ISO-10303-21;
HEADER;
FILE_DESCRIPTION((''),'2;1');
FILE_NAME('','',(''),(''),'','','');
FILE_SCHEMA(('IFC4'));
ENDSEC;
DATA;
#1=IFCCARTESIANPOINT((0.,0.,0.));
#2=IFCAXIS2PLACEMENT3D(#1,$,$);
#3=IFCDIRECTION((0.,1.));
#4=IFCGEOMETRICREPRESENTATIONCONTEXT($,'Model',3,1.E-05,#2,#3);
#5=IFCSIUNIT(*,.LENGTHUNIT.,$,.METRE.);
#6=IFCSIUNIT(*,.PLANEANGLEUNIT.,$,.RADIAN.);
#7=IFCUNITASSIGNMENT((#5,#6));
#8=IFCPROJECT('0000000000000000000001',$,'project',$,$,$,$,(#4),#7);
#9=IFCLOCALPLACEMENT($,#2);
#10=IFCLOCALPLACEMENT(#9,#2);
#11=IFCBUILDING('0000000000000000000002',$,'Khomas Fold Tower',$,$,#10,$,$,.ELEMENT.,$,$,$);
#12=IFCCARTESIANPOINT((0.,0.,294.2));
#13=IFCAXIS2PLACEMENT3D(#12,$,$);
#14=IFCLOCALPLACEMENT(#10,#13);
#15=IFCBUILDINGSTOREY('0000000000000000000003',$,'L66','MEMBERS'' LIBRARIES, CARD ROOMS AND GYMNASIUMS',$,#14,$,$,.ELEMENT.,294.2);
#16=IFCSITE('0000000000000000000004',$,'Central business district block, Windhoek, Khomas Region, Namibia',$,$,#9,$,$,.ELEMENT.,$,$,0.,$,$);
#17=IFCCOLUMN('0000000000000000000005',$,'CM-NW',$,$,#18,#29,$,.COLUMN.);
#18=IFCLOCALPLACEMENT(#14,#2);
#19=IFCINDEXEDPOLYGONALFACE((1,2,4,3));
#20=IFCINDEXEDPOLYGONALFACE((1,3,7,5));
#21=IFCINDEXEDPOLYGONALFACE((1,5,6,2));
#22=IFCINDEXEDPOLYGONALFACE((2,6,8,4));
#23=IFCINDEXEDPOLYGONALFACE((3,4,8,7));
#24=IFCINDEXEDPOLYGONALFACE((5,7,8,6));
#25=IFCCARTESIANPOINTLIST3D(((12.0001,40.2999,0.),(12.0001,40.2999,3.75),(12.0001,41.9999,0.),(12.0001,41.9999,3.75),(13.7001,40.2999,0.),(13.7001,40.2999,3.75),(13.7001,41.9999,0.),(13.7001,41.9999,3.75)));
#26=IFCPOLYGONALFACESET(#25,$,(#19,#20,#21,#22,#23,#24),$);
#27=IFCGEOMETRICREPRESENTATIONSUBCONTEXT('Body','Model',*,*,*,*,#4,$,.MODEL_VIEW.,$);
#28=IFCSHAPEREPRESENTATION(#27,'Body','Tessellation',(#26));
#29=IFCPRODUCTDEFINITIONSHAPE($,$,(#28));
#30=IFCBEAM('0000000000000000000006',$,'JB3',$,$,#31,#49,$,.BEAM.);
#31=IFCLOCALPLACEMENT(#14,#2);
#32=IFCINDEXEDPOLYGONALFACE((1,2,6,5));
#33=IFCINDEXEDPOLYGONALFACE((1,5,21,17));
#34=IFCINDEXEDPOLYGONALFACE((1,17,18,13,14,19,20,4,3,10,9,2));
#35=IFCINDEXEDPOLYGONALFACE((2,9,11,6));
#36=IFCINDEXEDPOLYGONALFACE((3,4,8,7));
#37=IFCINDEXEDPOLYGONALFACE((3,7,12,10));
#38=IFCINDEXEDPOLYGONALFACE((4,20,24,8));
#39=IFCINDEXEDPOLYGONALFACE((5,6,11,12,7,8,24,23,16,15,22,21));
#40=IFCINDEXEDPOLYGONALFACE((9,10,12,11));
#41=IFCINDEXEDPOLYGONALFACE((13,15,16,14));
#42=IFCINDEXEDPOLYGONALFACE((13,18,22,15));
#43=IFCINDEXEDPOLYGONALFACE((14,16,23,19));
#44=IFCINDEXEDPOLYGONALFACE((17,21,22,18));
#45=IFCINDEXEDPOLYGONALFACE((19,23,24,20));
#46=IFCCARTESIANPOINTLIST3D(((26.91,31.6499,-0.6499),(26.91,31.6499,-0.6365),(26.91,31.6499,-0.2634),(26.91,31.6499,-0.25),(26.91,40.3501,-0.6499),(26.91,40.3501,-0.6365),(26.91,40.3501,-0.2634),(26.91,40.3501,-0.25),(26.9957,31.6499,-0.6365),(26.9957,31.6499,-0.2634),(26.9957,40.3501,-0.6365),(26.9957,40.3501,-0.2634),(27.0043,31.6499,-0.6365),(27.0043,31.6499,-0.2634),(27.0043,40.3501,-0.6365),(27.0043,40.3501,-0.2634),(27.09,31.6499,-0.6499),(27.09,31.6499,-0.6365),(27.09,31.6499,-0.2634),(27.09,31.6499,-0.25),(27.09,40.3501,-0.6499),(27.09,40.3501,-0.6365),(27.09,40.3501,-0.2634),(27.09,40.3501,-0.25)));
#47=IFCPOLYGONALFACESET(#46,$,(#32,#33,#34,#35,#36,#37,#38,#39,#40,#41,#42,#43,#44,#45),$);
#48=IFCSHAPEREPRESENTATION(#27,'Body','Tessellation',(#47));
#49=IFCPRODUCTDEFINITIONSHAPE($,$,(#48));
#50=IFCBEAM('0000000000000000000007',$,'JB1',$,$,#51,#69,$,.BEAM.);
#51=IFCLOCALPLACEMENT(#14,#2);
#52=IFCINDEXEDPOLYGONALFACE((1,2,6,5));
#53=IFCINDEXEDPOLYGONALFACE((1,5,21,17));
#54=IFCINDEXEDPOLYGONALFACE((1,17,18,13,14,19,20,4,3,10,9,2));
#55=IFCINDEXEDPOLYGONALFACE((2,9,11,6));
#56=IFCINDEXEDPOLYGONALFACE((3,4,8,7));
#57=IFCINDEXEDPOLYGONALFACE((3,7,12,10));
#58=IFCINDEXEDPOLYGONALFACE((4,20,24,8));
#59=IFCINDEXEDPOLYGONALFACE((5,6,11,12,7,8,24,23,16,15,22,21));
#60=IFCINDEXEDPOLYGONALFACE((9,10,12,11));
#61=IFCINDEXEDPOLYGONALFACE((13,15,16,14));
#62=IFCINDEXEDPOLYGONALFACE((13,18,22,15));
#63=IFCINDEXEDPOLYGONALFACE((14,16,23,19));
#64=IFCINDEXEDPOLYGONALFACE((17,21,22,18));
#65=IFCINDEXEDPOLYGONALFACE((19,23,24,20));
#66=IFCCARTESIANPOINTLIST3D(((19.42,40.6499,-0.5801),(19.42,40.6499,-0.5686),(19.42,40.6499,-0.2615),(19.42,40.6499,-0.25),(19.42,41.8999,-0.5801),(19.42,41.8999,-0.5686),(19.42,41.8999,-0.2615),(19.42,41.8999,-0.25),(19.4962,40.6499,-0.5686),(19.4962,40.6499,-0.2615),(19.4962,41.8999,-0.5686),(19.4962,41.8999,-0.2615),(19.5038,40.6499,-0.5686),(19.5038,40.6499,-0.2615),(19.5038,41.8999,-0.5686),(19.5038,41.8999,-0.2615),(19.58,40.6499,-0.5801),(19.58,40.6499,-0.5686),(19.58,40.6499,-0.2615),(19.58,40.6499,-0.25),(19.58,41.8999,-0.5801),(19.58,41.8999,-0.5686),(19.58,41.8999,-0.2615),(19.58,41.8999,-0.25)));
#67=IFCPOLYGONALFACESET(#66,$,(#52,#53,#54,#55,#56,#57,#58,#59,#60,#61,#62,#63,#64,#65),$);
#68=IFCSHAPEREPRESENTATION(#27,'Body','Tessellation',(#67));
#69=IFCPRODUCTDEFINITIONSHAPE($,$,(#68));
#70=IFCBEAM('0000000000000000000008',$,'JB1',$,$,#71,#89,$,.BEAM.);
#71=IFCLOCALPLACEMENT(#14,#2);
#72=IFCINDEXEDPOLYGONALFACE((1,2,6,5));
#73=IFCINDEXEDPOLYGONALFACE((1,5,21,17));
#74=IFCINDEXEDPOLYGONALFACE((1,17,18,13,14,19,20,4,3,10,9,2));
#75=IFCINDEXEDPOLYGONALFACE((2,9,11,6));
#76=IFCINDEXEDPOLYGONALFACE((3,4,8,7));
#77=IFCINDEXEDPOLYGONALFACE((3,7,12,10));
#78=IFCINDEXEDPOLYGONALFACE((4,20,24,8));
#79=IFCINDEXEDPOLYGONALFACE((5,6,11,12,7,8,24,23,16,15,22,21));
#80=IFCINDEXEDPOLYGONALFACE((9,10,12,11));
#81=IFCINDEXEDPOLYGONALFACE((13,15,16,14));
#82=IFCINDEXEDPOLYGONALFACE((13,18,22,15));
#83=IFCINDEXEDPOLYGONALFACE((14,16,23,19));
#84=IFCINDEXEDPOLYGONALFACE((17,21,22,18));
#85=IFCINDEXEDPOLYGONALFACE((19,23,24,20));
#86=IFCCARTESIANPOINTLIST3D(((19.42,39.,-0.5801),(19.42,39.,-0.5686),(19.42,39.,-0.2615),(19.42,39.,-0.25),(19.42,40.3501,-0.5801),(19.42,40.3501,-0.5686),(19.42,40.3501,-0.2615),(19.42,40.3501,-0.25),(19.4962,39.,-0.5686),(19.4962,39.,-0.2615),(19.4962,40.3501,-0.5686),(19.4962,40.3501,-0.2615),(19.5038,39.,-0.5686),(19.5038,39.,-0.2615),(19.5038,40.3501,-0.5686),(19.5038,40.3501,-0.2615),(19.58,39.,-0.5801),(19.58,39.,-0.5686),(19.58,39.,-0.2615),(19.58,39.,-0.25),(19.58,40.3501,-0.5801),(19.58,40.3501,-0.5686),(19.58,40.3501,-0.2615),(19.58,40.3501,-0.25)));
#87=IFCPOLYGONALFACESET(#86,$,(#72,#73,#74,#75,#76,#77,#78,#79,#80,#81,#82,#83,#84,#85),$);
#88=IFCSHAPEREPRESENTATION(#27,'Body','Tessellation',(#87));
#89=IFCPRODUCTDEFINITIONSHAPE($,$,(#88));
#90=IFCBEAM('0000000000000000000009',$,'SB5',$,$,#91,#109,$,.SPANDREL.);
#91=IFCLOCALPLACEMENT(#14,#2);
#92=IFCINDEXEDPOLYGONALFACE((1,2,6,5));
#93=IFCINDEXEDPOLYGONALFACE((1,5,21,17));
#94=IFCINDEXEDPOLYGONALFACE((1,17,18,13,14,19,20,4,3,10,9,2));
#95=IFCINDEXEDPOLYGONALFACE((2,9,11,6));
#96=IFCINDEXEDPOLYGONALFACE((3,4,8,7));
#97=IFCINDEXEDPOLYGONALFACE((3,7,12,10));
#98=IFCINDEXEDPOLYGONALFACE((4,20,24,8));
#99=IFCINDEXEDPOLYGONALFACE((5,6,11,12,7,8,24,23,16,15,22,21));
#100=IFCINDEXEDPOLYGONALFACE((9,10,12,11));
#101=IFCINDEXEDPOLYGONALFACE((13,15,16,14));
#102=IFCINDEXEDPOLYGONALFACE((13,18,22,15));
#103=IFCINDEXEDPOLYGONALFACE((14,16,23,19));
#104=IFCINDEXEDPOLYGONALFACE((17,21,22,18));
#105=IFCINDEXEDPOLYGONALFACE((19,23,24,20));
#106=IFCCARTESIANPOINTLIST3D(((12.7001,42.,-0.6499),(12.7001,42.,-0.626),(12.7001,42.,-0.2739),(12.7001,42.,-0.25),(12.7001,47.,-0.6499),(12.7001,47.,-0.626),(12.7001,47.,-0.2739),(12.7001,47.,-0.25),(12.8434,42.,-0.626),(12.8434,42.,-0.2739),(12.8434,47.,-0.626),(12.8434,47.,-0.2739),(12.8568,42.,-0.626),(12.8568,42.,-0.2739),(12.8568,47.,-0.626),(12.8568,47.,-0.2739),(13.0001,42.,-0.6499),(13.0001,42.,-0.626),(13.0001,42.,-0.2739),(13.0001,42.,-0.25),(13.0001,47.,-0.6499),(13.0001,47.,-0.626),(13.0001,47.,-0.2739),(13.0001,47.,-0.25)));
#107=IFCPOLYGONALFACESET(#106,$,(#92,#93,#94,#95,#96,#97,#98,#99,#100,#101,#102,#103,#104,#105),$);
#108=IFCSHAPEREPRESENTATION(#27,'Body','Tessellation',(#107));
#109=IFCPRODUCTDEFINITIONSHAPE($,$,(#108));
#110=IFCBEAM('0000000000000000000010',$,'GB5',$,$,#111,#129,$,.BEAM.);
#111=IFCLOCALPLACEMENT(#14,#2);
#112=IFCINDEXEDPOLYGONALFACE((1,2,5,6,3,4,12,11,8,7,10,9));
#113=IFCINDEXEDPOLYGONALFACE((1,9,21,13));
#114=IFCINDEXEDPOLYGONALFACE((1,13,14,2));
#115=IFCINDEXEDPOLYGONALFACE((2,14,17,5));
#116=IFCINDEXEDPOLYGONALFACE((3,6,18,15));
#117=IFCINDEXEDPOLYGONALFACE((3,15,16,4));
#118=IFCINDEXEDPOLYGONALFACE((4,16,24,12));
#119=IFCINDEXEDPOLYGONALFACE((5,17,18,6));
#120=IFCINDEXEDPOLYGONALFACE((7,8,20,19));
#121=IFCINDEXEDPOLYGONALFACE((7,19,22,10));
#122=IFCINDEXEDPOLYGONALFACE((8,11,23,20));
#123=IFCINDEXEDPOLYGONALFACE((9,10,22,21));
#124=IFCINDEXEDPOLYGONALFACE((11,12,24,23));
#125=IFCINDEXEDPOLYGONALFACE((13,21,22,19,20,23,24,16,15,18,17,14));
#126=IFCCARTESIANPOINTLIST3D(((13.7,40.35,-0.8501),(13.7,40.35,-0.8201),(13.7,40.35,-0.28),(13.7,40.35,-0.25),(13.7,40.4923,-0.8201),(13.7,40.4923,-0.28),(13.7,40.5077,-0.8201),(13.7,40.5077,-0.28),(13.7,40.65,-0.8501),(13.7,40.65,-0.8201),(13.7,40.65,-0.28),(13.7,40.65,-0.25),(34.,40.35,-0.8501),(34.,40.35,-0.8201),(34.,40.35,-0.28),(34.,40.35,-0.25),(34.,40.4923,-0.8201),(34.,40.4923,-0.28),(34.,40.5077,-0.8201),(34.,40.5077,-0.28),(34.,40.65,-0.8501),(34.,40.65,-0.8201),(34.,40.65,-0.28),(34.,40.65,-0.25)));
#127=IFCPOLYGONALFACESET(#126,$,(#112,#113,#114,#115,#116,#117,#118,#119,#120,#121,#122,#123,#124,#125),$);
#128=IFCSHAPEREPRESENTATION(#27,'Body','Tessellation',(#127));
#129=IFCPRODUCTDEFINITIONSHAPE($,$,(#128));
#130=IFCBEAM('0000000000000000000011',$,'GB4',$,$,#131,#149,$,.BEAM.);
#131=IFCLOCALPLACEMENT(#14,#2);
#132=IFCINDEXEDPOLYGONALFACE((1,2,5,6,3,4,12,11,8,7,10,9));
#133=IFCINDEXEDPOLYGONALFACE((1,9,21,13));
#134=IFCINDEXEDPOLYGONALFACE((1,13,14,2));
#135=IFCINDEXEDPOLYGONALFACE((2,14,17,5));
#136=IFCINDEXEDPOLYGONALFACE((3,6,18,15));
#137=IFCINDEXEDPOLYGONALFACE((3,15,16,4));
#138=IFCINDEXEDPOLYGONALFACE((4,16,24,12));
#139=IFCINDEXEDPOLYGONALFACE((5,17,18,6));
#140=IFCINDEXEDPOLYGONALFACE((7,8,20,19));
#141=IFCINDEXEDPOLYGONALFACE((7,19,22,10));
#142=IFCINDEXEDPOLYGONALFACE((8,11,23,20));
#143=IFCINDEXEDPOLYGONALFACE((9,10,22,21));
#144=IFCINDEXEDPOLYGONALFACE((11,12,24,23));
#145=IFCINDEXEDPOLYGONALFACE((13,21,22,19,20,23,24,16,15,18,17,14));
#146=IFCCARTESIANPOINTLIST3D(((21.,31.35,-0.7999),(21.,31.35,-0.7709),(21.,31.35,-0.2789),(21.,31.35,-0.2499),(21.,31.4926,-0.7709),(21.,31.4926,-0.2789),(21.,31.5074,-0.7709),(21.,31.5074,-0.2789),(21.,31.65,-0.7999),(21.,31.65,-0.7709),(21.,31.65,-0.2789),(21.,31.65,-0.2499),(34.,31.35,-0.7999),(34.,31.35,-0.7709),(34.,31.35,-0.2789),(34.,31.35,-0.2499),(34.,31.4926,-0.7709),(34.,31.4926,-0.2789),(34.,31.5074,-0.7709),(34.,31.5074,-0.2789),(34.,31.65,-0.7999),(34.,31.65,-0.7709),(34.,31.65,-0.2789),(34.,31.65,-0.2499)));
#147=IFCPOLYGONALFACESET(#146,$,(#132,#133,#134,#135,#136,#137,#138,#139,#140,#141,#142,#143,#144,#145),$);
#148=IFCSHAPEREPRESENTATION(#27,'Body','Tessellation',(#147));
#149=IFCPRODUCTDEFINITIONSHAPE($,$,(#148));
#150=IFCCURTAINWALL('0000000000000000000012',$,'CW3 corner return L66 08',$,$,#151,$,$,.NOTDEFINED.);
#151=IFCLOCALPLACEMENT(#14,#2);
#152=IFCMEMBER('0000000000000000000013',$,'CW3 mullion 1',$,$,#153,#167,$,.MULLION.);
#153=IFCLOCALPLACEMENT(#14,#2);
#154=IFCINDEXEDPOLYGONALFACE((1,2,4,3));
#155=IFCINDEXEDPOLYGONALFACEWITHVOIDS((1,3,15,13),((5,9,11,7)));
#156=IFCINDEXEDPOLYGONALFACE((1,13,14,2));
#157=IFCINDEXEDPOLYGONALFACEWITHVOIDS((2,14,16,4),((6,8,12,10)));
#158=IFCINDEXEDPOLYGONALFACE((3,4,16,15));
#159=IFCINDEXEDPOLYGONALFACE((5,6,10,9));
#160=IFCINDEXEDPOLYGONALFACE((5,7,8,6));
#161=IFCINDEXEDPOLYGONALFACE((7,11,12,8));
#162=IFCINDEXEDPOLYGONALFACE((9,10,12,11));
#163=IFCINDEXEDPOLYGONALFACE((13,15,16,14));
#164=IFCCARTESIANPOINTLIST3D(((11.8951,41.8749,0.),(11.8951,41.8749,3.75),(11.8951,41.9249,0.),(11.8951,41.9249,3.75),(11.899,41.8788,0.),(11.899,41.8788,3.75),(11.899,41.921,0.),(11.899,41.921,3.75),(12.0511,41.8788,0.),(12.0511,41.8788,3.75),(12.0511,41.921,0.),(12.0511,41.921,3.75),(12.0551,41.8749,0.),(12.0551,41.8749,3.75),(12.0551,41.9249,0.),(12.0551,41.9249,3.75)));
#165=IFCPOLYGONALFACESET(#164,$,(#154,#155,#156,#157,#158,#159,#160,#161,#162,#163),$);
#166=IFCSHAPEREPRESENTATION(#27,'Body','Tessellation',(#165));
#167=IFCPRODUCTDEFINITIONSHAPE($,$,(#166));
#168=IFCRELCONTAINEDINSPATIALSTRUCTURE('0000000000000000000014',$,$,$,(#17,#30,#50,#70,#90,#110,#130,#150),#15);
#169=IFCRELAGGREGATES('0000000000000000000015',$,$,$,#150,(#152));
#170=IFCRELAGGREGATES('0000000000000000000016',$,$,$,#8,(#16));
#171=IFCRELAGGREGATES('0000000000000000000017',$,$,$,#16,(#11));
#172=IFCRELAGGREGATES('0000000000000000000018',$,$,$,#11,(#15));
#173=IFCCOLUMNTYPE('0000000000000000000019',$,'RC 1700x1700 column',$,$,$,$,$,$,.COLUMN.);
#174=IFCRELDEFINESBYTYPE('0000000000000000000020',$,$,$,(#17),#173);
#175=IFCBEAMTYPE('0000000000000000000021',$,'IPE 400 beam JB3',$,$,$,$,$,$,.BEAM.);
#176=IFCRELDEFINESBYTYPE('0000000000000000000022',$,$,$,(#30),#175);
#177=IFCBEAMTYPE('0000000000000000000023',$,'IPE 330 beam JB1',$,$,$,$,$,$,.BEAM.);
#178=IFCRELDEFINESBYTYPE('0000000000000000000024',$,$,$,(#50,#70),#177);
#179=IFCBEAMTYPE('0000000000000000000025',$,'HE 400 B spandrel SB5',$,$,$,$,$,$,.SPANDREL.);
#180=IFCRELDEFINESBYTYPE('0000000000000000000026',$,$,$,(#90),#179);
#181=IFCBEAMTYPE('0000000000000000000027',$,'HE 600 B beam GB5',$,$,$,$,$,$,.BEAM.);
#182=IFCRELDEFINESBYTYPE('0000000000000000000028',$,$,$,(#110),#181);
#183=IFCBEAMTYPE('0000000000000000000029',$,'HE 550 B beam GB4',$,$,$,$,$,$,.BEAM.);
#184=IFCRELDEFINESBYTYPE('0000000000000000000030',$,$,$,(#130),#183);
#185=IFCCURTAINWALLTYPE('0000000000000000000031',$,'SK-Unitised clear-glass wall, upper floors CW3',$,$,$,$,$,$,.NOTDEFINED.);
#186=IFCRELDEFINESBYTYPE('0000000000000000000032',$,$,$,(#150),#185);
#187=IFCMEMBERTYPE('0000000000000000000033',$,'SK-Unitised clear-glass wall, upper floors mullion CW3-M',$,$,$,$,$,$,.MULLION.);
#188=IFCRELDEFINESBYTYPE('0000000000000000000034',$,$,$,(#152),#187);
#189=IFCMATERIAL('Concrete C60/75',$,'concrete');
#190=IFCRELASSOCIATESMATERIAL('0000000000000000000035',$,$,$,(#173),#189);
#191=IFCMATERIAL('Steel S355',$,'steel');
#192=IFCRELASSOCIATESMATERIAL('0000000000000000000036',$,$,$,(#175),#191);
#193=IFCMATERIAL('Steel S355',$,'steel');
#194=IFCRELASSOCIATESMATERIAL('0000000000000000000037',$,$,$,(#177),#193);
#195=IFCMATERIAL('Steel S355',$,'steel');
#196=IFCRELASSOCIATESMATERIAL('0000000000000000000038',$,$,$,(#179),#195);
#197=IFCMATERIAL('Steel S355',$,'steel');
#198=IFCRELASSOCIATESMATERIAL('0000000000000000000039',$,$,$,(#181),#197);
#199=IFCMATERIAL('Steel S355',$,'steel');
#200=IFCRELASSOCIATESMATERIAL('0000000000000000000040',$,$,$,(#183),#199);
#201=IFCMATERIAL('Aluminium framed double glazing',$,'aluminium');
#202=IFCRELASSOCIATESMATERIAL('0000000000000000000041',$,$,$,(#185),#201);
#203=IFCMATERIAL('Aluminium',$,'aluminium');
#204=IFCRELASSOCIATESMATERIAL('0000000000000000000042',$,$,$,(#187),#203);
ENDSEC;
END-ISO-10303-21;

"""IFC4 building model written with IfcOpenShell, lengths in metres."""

from ifc_helpers import new_model, si_unit, direction, frame, origin, origin_2d, place, context, subcontext, project, spatial, rectangle, hollow_rectangle, i_section, extrude, source, transform, mapped, material, material_profile, profile_set, type_object, element, aggregate, save


model = new_model("IFC4")

# Units and contexts
model_context = context("Model", 3, precision=1e-05, world=origin(), true_north=direction((0.0, 1.0)))
body_context = subcontext(model_context, "Body", "Model", "MODEL_VIEW")
ifc_project = project(units=[si_unit("LENGTHUNIT", "METRE"), si_unit("PLANEANGLEUNIT", "RADIAN")], contexts=[model_context])

# Site, building, storey
site_placement = place(None, origin())
site = spatial("IfcSite", under=ifc_project, at=site_placement, Name="Central business district block, Windhoek, Khomas Region, Namibia", CompositionType="ELEMENT", RefElevation=0.0)
building_placement = place(site_placement, origin())
building = spatial("IfcBuilding", under=site, at=building_placement, Name="Khomas Fold Tower", CompositionType="ELEMENT")
storey_placement = place(building_placement, frame((0.0, 0.0, 294.2)))
storey = spatial("IfcBuildingStorey", under=building, at=storey_placement, Name="L66", Description="MEMBERS' LIBRARIES, CARD ROOMS AND GYMNASIUMS", CompositionType="ELEMENT", Elevation=294.2)

# Column
ifc_material_1 = material(Name="Concrete C60/75", Category="concrete")
ifc_material_profile_1 = material_profile(ifc_material_1, rectangle(XDim=1.7, YDim=1.7, at=origin_2d()), Name="RC 1700x1700")
ifc_profile_set_1 = profile_set([ifc_material_profile_1], Name="Concrete C60/75")
column_type = type_object("IfcColumnType", Name="RC 1700x1700 column", PredefinedType="COLUMN", material=ifc_profile_set_1)
shared_shape_1 = source(origin(), body_context, "Body", "SweptSolid", [
    extrude(rectangle(XDim=1.7, YDim=1.7, at=origin_2d()), origin(), (0.0, 0.0, 1.0), 3.75),
])
column_placement = place(storey_placement, frame((12.8501, 41.1499, 0.0), z_axis=(0.0, 0.0, 1.0), x_axis=(1.0, 0.0, 0.0)))
element("IfcColumn", 1, at=column_placement, inside=storey, type_object=column_type, Name="CM-NW", PredefinedType="COLUMN", context=body_context, shape_type="MappedRepresentation", body=[
    mapped(shared_shape_1, transform((0.0, 0.0, 0.0))),
])

# Beams
ifc_material_2 = material(Name="Steel S355", Category="steel")
ifc_material_profile_2 = material_profile(ifc_material_2, i_section(OverallWidth=0.1799, OverallDepth=0.3999, WebThickness=0.0085, FlangeThickness=0.0134, at=origin_2d()), Name="IPE 400")
ifc_profile_set_2 = profile_set([ifc_material_profile_2], Name="Steel S355")
beam_type_1 = type_object("IfcBeamType", Name="IPE 400 beam JB3", PredefinedType="BEAM", material=ifc_profile_set_2)
shared_shape_2 = source(origin(), body_context, "Body", "SweptSolid", [
    extrude(i_section(OverallWidth=0.1799, OverallDepth=0.3999, WebThickness=0.0085, FlangeThickness=0.0134, at=origin_2d()), origin(), (0.0, 0.0, 1.0), 8.7002),
])
beam_1_placement = place(storey_placement, frame((27.0, 31.6499, -0.45), z_axis=(0.0, 1.0, 0.0), x_axis=(-1.0, 0.0, 0.0)))
element("IfcBeam", 2, at=beam_1_placement, inside=storey, type_object=beam_type_1, Name="JB3", PredefinedType="BEAM", context=body_context, shape_type="MappedRepresentation", body=[
    mapped(shared_shape_2, transform((0.0, 0.0, 0.0))),
])
ifc_material_3 = material(Name="Steel S355", Category="steel")
ifc_material_profile_3 = material_profile(ifc_material_3, i_section(OverallWidth=0.1599, OverallDepth=0.3301, WebThickness=0.0076, FlangeThickness=0.0115, at=origin_2d()), Name="IPE 330")
ifc_profile_set_3 = profile_set([ifc_material_profile_3], Name="Steel S355")
beam_type_2 = type_object("IfcBeamType", Name="IPE 330 beam JB1", PredefinedType="BEAM", material=ifc_profile_set_3)
shared_shape_3 = source(origin(), body_context, "Body", "SweptSolid", [
    extrude(i_section(OverallWidth=0.1599, OverallDepth=0.3301, WebThickness=0.0076, FlangeThickness=0.0115, at=origin_2d()), origin(), (0.0, 0.0, 1.0), 1.25),
])
beam_2_placement = place(storey_placement, frame((19.5, 40.6499, -0.415), z_axis=(0.0, 1.0, 0.0), x_axis=(-1.0, 0.0, 0.0)))
element("IfcBeam", 3, at=beam_2_placement, inside=storey, type_object=beam_type_2, Name="JB1", PredefinedType="BEAM", context=body_context, shape_type="MappedRepresentation", body=[
    mapped(shared_shape_3, transform((0.0, 0.0, 0.0))),
])
shared_shape_4 = source(origin(), body_context, "Body", "SweptSolid", [
    extrude(i_section(OverallWidth=0.1599, OverallDepth=0.3301, WebThickness=0.0076, FlangeThickness=0.0115, at=origin_2d()), origin(), (0.0, 0.0, 1.0), 1.3501),
])
beam_3_placement = place(storey_placement, frame((19.5, 39.0, -0.415), z_axis=(0.0, 1.0, 0.0), x_axis=(-1.0, 0.0, 0.0)))
element("IfcBeam", 4, at=beam_3_placement, inside=storey, type_object=beam_type_2, Name="JB1", PredefinedType="BEAM", context=body_context, shape_type="MappedRepresentation", body=[
    mapped(shared_shape_4, transform((0.0, 0.0, 0.0))),
])
ifc_material_4 = material(Name="Steel S355", Category="steel")
ifc_material_profile_4 = material_profile(ifc_material_4, i_section(OverallWidth=0.3, OverallDepth=0.3999, WebThickness=0.0134, FlangeThickness=0.0239, at=origin_2d()), Name="HE 400 B")
ifc_profile_set_4 = profile_set([ifc_material_profile_4], Name="Steel S355")
beam_type_3 = type_object("IfcBeamType", Name="HE 400 B spandrel SB5", PredefinedType="SPANDREL", material=ifc_profile_set_4)
shared_shape_5 = source(origin(), body_context, "Body", "SweptSolid", [
    extrude(i_section(OverallWidth=0.3, OverallDepth=0.3999, WebThickness=0.0134, FlangeThickness=0.0239, at=origin_2d()), origin(), (0.0, 0.0, 1.0), 5.0),
])
beam_4_placement = place(storey_placement, frame((12.8501, 42.0, -0.45), z_axis=(0.0, 1.0, 0.0), x_axis=(-1.0, 0.0, 0.0)))
element("IfcBeam", 5, at=beam_4_placement, inside=storey, type_object=beam_type_3, Name="SB5", PredefinedType="SPANDREL", context=body_context, shape_type="MappedRepresentation", body=[
    mapped(shared_shape_5, transform((0.0, 0.0, 0.0))),
])
ifc_material_5 = material(Name="Steel S355", Category="steel")
ifc_material_profile_5 = material_profile(ifc_material_5, i_section(OverallWidth=0.3, OverallDepth=0.6001, WebThickness=0.0154, FlangeThickness=0.03, at=origin_2d()), Name="HE 600 B")
ifc_profile_set_5 = profile_set([ifc_material_profile_5], Name="Steel S355")
beam_type_4 = type_object("IfcBeamType", Name="HE 600 B beam GB5", PredefinedType="BEAM", material=ifc_profile_set_5)
shared_shape_6 = source(origin(), body_context, "Body", "SweptSolid", [
    extrude(i_section(OverallWidth=0.3, OverallDepth=0.6001, WebThickness=0.0154, FlangeThickness=0.03, at=origin_2d()), origin(), (0.0, 0.0, 1.0), 20.3),
])
beam_5_placement = place(storey_placement, frame((13.7, 40.5, -0.55), z_axis=(1.0, 0.0, 0.0), x_axis=(0.0, 1.0, 0.0)))
element("IfcBeam", 6, at=beam_5_placement, inside=storey, type_object=beam_type_4, Name="GB5", PredefinedType="BEAM", context=body_context, shape_type="MappedRepresentation", body=[
    mapped(shared_shape_6, transform((0.0, 0.0, 0.0))),
])
ifc_material_6 = material(Name="Steel S355", Category="steel")
ifc_material_profile_6 = material_profile(ifc_material_6, i_section(OverallWidth=0.3, OverallDepth=0.55, WebThickness=0.0149, FlangeThickness=0.0291, at=origin_2d()), Name="HE 550 B")
ifc_profile_set_6 = profile_set([ifc_material_profile_6], Name="Steel S355")
beam_type_5 = type_object("IfcBeamType", Name="HE 550 B beam GB4", PredefinedType="BEAM", material=ifc_profile_set_6)
shared_shape_7 = source(origin(), body_context, "Body", "SweptSolid", [
    extrude(i_section(OverallWidth=0.3, OverallDepth=0.55, WebThickness=0.0149, FlangeThickness=0.0291, at=origin_2d()), origin(), (0.0, 0.0, 1.0), 13.0),
])
beam_6_placement = place(storey_placement, frame((21.0, 31.5, -0.5249), z_axis=(1.0, 0.0, 0.0), x_axis=(0.0, 1.0, 0.0)))
element("IfcBeam", 7, at=beam_6_placement, inside=storey, type_object=beam_type_5, Name="GB4", PredefinedType="BEAM", context=body_context, shape_type="MappedRepresentation", body=[
    mapped(shared_shape_7, transform((0.0, 0.0, 0.0))),
])

# Curtain wall, member
ifc_material_7 = material(Name="Aluminium framed double glazing", Category="aluminium")
curtain_wall_type = type_object("IfcCurtainWallType", Name="SK-Unitised clear-glass wall, upper floors CW3", PredefinedType="NOTDEFINED", material=ifc_material_7)
curtain_wall_placement = place(storey_placement, origin())
curtain_wall = element("IfcCurtainWall", 8, at=curtain_wall_placement, inside=storey, type_object=curtain_wall_type, Name="CW3 corner return L66 08", PredefinedType="NOTDEFINED")
ifc_material_8 = material(Name="Aluminium", Category="aluminium")
ifc_material_profile_7 = material_profile(ifc_material_8, hollow_rectangle(XDim=0.05, YDim=0.1599, WallThickness=0.0039, at=origin_2d()), Name="SK-Unitised clear-glass wall, upper floors mullion CW3-M")
ifc_profile_set_7 = profile_set([ifc_material_profile_7], Name="Aluminium")
member_type_1 = type_object("IfcMemberType", Name="SK-Unitised clear-glass wall, upper floors mullion CW3-M", PredefinedType="MULLION", material=ifc_profile_set_7)
shared_shape_8 = source(origin(), body_context, "Body", "SweptSolid", [
    extrude(hollow_rectangle(XDim=0.05, YDim=0.1599, WallThickness=0.0039, at=origin_2d()), origin(), (0.0, 0.0, 1.0), 3.75),
])
member_1_placement = place(storey_placement, frame((11.9751, 41.8999, 0.0), z_axis=(0.0, 0.0, 1.0), x_axis=(0.0, -1.0, 0.0)))
member_1 = element("IfcMember", 9, at=member_1_placement, type_object=member_type_1, Name="CW3 mullion 1", PredefinedType="MULLION", context=body_context, shape_type="MappedRepresentation", body=[
    mapped(shared_shape_8, transform((0.0, 0.0, 0.0))),
])
aggregate(curtain_wall, [member_1])

save(model, "model.ifc")
